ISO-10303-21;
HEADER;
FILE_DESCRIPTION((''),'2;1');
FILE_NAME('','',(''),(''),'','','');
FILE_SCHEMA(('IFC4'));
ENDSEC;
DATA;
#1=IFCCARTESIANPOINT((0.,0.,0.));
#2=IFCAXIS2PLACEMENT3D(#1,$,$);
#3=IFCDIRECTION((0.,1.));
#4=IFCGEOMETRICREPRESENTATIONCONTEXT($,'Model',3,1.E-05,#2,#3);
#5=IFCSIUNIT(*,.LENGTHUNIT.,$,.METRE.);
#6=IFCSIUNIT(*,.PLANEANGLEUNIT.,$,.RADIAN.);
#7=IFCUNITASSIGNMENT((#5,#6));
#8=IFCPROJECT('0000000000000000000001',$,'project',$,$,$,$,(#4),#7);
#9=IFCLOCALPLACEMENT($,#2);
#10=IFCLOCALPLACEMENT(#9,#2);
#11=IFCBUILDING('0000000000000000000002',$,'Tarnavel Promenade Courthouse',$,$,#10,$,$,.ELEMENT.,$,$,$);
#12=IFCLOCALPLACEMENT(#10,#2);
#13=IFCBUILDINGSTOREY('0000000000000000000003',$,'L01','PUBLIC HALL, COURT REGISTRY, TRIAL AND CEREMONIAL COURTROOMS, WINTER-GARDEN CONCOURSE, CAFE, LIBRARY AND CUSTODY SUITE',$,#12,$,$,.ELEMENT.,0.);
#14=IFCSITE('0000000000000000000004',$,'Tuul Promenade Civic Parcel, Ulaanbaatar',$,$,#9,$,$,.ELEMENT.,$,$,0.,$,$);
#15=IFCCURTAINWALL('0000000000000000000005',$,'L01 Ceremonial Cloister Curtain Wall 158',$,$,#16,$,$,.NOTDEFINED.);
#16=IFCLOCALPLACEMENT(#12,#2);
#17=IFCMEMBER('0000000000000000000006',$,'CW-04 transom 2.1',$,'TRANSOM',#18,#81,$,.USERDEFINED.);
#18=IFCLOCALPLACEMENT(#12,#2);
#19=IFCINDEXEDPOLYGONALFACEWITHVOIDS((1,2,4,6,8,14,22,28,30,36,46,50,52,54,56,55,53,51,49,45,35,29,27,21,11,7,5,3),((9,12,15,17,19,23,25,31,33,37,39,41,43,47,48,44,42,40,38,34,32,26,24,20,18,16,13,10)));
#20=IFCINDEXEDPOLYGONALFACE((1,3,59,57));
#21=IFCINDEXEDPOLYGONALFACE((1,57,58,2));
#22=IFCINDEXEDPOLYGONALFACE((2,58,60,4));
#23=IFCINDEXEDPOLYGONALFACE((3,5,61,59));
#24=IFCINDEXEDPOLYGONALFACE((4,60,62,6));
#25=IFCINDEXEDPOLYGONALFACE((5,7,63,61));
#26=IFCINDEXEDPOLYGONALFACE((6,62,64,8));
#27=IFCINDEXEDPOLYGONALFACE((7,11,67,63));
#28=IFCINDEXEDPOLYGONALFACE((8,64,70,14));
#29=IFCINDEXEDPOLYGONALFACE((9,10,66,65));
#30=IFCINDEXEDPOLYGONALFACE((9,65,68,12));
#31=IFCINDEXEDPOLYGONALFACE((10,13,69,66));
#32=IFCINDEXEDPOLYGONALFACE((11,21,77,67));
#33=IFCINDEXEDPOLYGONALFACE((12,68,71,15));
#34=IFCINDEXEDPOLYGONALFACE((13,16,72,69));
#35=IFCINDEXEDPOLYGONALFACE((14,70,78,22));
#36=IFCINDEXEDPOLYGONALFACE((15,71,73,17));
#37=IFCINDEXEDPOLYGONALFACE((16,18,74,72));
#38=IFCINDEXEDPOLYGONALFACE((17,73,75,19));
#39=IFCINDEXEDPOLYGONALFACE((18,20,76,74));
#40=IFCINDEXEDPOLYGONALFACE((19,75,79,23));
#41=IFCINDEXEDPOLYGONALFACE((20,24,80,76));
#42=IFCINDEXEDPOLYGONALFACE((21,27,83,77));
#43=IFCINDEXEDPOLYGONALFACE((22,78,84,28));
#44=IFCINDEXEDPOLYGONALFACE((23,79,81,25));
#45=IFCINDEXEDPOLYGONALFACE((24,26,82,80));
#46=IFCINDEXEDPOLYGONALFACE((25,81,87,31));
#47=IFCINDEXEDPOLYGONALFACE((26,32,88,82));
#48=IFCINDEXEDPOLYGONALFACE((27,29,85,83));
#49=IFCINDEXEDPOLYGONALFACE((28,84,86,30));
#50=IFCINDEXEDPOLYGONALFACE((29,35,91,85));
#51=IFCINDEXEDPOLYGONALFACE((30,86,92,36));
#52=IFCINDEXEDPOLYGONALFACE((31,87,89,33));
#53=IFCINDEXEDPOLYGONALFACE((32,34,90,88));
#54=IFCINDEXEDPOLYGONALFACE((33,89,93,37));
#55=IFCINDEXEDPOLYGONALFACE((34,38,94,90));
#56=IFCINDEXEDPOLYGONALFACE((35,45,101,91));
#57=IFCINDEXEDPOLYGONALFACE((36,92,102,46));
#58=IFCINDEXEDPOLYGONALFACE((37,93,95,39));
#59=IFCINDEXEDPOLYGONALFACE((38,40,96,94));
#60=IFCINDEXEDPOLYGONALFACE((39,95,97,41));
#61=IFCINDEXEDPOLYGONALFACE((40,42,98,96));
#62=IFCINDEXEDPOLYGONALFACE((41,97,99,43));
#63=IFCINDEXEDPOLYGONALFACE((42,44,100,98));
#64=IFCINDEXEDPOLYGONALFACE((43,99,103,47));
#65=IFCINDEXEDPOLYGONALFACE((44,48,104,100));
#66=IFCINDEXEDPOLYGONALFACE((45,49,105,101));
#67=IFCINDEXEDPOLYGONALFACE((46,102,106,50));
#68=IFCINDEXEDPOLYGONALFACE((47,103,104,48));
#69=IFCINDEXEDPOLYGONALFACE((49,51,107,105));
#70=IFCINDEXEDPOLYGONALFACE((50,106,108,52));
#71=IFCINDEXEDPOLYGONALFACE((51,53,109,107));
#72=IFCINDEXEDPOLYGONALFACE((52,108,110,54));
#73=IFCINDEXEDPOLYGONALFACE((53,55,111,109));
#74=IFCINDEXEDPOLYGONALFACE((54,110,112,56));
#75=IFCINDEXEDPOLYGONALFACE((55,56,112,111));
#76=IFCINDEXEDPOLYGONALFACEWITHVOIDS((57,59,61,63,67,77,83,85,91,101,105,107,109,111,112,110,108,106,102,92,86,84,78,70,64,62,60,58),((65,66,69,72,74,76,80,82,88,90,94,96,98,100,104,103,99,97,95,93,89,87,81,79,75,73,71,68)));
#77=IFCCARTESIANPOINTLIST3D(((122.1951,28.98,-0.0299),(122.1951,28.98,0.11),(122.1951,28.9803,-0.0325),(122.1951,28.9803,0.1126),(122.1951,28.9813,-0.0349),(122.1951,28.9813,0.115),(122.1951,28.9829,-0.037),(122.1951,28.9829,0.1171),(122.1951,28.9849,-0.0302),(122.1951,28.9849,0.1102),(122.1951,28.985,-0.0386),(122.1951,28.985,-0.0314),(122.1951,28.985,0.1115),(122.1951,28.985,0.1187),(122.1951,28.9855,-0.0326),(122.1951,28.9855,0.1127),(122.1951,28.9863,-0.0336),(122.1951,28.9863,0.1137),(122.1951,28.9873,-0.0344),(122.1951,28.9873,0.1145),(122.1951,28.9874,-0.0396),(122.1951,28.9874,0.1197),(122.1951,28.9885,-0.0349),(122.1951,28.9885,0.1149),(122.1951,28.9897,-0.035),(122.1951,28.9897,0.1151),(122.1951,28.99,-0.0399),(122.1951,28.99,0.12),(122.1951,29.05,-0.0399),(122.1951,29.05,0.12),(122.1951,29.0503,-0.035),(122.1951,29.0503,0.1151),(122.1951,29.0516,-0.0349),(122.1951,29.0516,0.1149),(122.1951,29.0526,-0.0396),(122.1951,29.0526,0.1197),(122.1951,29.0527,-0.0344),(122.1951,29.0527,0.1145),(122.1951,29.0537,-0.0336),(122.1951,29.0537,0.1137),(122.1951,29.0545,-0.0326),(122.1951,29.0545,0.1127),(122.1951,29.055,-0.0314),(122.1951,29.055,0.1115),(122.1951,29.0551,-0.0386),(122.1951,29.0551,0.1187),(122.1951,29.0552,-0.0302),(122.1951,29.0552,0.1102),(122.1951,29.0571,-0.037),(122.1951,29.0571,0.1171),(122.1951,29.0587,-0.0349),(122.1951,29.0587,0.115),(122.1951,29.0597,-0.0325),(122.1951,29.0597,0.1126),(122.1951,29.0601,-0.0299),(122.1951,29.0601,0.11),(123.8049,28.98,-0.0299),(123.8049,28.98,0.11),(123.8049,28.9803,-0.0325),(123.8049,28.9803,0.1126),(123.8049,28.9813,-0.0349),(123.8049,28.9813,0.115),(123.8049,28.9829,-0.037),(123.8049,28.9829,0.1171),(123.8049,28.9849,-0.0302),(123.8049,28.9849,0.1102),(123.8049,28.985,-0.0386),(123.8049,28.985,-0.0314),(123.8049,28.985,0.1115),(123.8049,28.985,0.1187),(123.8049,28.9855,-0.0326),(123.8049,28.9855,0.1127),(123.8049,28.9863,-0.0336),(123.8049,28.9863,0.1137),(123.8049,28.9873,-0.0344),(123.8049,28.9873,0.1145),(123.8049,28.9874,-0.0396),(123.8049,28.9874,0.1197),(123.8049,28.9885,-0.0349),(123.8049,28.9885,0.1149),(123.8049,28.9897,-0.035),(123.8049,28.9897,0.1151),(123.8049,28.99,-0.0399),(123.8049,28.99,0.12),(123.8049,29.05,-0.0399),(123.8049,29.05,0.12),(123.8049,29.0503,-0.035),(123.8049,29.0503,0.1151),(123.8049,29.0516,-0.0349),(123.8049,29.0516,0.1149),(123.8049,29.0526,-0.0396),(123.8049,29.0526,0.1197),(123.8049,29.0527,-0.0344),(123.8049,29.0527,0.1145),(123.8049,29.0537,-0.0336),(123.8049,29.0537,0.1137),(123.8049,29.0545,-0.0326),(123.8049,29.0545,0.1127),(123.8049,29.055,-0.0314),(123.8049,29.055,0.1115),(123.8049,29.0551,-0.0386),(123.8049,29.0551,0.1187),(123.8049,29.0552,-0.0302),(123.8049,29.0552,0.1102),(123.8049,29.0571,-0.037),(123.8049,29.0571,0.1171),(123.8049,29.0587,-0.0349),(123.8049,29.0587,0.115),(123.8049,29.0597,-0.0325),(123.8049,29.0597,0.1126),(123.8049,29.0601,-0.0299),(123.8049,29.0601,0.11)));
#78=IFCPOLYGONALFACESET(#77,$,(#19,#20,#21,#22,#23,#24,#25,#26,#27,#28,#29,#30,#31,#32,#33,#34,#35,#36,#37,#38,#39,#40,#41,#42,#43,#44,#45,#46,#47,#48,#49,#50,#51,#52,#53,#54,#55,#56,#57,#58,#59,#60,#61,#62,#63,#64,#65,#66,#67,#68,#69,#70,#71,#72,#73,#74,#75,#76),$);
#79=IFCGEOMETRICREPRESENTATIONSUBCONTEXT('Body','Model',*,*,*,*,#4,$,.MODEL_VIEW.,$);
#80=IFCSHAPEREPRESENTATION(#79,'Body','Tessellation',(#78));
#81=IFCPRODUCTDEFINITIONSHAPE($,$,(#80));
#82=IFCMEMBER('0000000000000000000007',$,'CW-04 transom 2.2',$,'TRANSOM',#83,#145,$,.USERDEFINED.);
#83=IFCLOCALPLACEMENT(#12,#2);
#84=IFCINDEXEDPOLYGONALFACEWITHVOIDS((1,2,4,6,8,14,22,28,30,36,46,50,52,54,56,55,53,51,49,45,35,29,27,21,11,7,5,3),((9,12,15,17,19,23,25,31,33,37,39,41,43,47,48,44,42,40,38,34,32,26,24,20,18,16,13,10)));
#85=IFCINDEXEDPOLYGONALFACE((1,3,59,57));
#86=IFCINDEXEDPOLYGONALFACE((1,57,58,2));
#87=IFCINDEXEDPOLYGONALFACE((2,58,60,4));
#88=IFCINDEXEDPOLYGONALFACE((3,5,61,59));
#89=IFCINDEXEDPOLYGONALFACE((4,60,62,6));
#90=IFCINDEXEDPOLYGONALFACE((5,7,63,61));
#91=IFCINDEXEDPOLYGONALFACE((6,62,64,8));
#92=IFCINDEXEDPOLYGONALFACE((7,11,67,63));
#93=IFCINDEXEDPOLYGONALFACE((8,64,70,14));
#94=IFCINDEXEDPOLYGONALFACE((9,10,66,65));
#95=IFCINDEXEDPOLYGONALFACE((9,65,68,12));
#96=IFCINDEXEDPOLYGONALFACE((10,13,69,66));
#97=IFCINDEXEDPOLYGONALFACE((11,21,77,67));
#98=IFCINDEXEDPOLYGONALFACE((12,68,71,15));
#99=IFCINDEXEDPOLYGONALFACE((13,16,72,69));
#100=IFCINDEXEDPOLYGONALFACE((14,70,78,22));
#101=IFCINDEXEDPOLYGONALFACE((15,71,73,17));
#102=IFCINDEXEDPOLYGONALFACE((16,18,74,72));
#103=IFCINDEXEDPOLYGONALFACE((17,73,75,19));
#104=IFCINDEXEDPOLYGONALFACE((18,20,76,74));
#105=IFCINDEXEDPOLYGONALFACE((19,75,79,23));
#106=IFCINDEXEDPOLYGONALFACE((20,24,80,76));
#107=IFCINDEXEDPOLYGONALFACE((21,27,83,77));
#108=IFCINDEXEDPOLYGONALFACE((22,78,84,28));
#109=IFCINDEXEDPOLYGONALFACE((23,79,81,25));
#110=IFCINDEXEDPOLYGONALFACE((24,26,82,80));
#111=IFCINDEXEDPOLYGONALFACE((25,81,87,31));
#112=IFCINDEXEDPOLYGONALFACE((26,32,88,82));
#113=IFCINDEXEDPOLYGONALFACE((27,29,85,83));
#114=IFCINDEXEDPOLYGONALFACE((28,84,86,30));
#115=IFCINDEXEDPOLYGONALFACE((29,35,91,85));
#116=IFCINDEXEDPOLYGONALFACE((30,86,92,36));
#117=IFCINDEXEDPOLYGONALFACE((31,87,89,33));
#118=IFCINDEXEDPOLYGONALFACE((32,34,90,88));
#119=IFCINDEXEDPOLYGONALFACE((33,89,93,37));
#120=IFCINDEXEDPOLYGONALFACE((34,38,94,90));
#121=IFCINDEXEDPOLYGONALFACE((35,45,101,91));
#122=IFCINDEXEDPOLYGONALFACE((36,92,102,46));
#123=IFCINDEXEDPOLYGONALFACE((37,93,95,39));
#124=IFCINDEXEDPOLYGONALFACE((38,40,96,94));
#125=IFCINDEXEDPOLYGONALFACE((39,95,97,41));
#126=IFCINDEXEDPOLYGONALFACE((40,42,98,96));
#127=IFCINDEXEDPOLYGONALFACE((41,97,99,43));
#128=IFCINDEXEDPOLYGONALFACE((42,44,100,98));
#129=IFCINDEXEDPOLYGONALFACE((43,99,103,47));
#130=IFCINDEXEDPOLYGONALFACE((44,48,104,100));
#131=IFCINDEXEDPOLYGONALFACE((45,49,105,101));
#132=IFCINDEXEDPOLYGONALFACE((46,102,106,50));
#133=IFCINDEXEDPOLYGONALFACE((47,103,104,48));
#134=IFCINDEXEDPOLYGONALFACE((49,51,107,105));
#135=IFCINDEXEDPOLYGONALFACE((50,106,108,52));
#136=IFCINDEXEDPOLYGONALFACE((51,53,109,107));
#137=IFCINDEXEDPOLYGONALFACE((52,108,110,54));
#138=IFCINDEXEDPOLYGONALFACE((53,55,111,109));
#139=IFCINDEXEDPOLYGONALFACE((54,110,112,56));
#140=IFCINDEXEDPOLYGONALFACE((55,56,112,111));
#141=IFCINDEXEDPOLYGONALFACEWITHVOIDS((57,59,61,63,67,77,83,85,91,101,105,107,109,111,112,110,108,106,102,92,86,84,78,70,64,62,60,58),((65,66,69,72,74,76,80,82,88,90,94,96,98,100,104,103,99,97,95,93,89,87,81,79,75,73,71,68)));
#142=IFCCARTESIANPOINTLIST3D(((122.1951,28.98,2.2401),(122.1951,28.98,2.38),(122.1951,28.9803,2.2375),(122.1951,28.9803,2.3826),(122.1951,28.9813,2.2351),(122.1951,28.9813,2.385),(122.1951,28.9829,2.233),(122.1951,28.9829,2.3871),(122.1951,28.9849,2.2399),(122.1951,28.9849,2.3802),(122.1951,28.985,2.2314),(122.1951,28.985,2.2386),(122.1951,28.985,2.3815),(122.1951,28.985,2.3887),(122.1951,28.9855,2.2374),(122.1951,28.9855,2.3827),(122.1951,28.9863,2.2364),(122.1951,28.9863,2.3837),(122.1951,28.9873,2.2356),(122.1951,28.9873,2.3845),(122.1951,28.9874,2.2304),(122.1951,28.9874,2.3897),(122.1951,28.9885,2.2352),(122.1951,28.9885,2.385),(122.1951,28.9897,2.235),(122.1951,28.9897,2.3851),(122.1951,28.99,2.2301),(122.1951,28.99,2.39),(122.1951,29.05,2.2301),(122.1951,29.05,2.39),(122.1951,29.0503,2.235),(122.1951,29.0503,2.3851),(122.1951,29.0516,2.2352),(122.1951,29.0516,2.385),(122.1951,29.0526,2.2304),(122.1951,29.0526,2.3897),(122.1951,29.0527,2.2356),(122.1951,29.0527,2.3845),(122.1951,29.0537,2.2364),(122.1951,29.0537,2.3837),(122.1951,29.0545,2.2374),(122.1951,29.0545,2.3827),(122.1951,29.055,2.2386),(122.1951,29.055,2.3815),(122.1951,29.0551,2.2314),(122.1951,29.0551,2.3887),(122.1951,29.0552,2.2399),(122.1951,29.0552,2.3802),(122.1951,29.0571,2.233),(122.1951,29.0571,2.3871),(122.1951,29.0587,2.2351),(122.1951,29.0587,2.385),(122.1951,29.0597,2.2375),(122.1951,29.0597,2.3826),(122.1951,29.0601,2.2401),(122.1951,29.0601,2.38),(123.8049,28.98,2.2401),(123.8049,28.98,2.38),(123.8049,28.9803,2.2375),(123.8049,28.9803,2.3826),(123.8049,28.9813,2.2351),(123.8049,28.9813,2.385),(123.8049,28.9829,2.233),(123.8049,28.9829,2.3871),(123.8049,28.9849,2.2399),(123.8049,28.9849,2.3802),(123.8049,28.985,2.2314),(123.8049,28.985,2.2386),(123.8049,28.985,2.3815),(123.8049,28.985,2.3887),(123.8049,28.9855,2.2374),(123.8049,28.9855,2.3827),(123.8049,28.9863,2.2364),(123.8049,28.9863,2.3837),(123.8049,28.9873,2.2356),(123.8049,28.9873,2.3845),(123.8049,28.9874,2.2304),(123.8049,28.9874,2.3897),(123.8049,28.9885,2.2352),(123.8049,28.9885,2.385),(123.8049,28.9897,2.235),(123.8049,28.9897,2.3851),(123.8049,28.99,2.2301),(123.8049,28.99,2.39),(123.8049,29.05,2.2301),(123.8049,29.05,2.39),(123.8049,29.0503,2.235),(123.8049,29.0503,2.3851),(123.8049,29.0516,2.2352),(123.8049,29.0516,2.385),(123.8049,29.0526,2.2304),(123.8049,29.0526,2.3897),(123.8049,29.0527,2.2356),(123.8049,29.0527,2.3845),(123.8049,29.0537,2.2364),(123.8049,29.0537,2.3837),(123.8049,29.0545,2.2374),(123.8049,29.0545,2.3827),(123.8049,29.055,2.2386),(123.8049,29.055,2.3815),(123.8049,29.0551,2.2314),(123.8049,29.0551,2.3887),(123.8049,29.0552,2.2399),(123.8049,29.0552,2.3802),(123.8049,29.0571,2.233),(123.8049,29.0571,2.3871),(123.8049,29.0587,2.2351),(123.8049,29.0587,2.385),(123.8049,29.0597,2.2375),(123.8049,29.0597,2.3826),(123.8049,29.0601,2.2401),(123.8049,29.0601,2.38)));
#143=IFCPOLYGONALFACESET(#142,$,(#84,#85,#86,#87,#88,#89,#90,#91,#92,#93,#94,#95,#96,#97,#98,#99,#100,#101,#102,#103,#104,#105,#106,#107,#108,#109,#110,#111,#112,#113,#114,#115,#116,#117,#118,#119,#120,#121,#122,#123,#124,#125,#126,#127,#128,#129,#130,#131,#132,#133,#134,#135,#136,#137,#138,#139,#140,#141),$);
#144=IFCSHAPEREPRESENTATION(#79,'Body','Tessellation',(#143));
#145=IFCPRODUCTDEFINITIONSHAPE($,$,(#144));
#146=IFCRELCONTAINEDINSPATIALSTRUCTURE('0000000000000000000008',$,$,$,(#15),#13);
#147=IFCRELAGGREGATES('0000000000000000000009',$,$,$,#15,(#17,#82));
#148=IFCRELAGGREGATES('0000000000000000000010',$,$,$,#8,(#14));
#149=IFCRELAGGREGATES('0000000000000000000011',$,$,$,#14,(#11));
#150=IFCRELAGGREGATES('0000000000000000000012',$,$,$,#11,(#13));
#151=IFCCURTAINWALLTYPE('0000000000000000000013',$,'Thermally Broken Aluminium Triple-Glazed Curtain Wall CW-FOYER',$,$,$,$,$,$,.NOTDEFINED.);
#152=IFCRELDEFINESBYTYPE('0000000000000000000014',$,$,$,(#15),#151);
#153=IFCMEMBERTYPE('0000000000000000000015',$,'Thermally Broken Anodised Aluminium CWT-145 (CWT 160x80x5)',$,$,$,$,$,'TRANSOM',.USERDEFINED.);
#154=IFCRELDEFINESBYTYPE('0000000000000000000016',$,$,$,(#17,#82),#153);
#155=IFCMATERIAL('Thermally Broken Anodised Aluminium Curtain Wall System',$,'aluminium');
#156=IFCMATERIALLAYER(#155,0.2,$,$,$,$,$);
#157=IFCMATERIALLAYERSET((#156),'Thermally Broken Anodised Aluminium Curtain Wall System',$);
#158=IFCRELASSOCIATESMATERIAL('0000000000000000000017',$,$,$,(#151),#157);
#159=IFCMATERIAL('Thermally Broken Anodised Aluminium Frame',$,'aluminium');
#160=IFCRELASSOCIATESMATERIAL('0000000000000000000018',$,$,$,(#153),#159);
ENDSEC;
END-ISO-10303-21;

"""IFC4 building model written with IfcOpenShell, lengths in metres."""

from ifc_helpers import new_model, si_unit, direction, frame, origin, origin_2d, place, context, subcontext, project, spatial, hollow_rectangle, extrude, material, layer, layer_set, material_profile, profile_set, type_object, element, aggregate, save


model = new_model("IFC4")

# Units and contexts
model_context = context("Model", 3, precision=1e-05, world=origin(), true_north=direction((0.0, 1.0)))
body_context = subcontext(model_context, "Body", "Model", "MODEL_VIEW")
ifc_project = project(units=[si_unit("LENGTHUNIT", "METRE"), si_unit("PLANEANGLEUNIT", "RADIAN")], contexts=[model_context])

# Site, building, storey
site_placement = place(None, origin())
site = spatial("IfcSite", under=ifc_project, at=site_placement, Name="Tuul Promenade Civic Parcel, Ulaanbaatar", CompositionType="ELEMENT", RefElevation=0.0)
building_placement = place(site_placement, origin())
building = spatial("IfcBuilding", under=site, at=building_placement, Name="Tarnavel Promenade Courthouse", CompositionType="ELEMENT")
storey_placement = place(building_placement, origin())
storey = spatial("IfcBuildingStorey", under=building, at=storey_placement, Name="L01", Description="PUBLIC HALL, COURT REGISTRY, TRIAL AND CEREMONIAL COURTROOMS, WINTER-GARDEN CONCOURSE, CAFE, LIBRARY AND CUSTODY SUITE", CompositionType="ELEMENT", Elevation=0.0)

# Curtain wall, members
ifc_material_1 = material(Name="Thermally Broken Anodised Aluminium Curtain Wall System", Category="aluminium")
ifc_layer_1 = layer(ifc_material_1, 0.2)
ifc_layer_set_1 = layer_set([ifc_layer_1], Name="Thermally Broken Anodised Aluminium Curtain Wall System")
curtain_wall_type = type_object("IfcCurtainWallType", Name="Thermally Broken Aluminium Triple-Glazed Curtain Wall CW-FOYER", PredefinedType="NOTDEFINED", material=ifc_layer_set_1)
curtain_wall_placement = place(storey_placement, origin())
curtain_wall = element("IfcCurtainWall", 1, at=curtain_wall_placement, inside=storey, type_object=curtain_wall_type, Name="L01 Ceremonial Cloister Curtain Wall 158", PredefinedType="NOTDEFINED")
ifc_material_2 = material(Name="Thermally Broken Anodised Aluminium Frame", Category="aluminium")
ifc_material_profile_1 = material_profile(ifc_material_2, hollow_rectangle(XDim=0.0801, YDim=0.1599, WallThickness=0.0049, InnerFilletRadius=0.0049, OuterFilletRadius=0.01, at=origin_2d()), Name="CWT 160x80x5")
ifc_profile_set_1 = profile_set([ifc_material_profile_1], Name="Thermally Broken Anodised Aluminium Frame")
member_type_1 = type_object("IfcMemberType", Name="Thermally Broken Anodised Aluminium CWT-145 (CWT 160x80x5)", ElementType="TRANSOM", PredefinedType="USERDEFINED", material=ifc_profile_set_1)
member_1_placement = place(storey_placement, frame((122.1951, 29.02, 0.04), z_axis=(1.0, 0.0, 0.0), x_axis=(0.0, 1.0, 0.0)))
member_1 = element("IfcMember", 2, at=member_1_placement, type_object=member_type_1, Name="CW-04 transom 2.1", ObjectType="TRANSOM", PredefinedType="USERDEFINED", context=body_context, shape_type="SweptSolid", body=[
    extrude(hollow_rectangle(XDim=0.0801, YDim=0.1599, WallThickness=0.0049, InnerFilletRadius=0.0049, OuterFilletRadius=0.01, at=origin_2d()), origin(), (0.0, 0.0, 1.0), 1.6099),
])
member_2_placement = place(storey_placement, frame((122.1951, 29.02, 2.3101), z_axis=(1.0, 0.0, 0.0), x_axis=(0.0, 1.0, 0.0)))
member_2 = element("IfcMember", 3, at=member_2_placement, type_object=member_type_1, Name="CW-04 transom 2.2", ObjectType="TRANSOM", PredefinedType="USERDEFINED", context=body_context, shape_type="SweptSolid", body=[
    extrude(hollow_rectangle(XDim=0.0801, YDim=0.1599, WallThickness=0.0049, InnerFilletRadius=0.0049, OuterFilletRadius=0.01, at=origin_2d()), origin(), (0.0, 0.0, 1.0), 1.6099),
])
aggregate(curtain_wall, [member_1, member_2])

save(model, "model.ifc")
